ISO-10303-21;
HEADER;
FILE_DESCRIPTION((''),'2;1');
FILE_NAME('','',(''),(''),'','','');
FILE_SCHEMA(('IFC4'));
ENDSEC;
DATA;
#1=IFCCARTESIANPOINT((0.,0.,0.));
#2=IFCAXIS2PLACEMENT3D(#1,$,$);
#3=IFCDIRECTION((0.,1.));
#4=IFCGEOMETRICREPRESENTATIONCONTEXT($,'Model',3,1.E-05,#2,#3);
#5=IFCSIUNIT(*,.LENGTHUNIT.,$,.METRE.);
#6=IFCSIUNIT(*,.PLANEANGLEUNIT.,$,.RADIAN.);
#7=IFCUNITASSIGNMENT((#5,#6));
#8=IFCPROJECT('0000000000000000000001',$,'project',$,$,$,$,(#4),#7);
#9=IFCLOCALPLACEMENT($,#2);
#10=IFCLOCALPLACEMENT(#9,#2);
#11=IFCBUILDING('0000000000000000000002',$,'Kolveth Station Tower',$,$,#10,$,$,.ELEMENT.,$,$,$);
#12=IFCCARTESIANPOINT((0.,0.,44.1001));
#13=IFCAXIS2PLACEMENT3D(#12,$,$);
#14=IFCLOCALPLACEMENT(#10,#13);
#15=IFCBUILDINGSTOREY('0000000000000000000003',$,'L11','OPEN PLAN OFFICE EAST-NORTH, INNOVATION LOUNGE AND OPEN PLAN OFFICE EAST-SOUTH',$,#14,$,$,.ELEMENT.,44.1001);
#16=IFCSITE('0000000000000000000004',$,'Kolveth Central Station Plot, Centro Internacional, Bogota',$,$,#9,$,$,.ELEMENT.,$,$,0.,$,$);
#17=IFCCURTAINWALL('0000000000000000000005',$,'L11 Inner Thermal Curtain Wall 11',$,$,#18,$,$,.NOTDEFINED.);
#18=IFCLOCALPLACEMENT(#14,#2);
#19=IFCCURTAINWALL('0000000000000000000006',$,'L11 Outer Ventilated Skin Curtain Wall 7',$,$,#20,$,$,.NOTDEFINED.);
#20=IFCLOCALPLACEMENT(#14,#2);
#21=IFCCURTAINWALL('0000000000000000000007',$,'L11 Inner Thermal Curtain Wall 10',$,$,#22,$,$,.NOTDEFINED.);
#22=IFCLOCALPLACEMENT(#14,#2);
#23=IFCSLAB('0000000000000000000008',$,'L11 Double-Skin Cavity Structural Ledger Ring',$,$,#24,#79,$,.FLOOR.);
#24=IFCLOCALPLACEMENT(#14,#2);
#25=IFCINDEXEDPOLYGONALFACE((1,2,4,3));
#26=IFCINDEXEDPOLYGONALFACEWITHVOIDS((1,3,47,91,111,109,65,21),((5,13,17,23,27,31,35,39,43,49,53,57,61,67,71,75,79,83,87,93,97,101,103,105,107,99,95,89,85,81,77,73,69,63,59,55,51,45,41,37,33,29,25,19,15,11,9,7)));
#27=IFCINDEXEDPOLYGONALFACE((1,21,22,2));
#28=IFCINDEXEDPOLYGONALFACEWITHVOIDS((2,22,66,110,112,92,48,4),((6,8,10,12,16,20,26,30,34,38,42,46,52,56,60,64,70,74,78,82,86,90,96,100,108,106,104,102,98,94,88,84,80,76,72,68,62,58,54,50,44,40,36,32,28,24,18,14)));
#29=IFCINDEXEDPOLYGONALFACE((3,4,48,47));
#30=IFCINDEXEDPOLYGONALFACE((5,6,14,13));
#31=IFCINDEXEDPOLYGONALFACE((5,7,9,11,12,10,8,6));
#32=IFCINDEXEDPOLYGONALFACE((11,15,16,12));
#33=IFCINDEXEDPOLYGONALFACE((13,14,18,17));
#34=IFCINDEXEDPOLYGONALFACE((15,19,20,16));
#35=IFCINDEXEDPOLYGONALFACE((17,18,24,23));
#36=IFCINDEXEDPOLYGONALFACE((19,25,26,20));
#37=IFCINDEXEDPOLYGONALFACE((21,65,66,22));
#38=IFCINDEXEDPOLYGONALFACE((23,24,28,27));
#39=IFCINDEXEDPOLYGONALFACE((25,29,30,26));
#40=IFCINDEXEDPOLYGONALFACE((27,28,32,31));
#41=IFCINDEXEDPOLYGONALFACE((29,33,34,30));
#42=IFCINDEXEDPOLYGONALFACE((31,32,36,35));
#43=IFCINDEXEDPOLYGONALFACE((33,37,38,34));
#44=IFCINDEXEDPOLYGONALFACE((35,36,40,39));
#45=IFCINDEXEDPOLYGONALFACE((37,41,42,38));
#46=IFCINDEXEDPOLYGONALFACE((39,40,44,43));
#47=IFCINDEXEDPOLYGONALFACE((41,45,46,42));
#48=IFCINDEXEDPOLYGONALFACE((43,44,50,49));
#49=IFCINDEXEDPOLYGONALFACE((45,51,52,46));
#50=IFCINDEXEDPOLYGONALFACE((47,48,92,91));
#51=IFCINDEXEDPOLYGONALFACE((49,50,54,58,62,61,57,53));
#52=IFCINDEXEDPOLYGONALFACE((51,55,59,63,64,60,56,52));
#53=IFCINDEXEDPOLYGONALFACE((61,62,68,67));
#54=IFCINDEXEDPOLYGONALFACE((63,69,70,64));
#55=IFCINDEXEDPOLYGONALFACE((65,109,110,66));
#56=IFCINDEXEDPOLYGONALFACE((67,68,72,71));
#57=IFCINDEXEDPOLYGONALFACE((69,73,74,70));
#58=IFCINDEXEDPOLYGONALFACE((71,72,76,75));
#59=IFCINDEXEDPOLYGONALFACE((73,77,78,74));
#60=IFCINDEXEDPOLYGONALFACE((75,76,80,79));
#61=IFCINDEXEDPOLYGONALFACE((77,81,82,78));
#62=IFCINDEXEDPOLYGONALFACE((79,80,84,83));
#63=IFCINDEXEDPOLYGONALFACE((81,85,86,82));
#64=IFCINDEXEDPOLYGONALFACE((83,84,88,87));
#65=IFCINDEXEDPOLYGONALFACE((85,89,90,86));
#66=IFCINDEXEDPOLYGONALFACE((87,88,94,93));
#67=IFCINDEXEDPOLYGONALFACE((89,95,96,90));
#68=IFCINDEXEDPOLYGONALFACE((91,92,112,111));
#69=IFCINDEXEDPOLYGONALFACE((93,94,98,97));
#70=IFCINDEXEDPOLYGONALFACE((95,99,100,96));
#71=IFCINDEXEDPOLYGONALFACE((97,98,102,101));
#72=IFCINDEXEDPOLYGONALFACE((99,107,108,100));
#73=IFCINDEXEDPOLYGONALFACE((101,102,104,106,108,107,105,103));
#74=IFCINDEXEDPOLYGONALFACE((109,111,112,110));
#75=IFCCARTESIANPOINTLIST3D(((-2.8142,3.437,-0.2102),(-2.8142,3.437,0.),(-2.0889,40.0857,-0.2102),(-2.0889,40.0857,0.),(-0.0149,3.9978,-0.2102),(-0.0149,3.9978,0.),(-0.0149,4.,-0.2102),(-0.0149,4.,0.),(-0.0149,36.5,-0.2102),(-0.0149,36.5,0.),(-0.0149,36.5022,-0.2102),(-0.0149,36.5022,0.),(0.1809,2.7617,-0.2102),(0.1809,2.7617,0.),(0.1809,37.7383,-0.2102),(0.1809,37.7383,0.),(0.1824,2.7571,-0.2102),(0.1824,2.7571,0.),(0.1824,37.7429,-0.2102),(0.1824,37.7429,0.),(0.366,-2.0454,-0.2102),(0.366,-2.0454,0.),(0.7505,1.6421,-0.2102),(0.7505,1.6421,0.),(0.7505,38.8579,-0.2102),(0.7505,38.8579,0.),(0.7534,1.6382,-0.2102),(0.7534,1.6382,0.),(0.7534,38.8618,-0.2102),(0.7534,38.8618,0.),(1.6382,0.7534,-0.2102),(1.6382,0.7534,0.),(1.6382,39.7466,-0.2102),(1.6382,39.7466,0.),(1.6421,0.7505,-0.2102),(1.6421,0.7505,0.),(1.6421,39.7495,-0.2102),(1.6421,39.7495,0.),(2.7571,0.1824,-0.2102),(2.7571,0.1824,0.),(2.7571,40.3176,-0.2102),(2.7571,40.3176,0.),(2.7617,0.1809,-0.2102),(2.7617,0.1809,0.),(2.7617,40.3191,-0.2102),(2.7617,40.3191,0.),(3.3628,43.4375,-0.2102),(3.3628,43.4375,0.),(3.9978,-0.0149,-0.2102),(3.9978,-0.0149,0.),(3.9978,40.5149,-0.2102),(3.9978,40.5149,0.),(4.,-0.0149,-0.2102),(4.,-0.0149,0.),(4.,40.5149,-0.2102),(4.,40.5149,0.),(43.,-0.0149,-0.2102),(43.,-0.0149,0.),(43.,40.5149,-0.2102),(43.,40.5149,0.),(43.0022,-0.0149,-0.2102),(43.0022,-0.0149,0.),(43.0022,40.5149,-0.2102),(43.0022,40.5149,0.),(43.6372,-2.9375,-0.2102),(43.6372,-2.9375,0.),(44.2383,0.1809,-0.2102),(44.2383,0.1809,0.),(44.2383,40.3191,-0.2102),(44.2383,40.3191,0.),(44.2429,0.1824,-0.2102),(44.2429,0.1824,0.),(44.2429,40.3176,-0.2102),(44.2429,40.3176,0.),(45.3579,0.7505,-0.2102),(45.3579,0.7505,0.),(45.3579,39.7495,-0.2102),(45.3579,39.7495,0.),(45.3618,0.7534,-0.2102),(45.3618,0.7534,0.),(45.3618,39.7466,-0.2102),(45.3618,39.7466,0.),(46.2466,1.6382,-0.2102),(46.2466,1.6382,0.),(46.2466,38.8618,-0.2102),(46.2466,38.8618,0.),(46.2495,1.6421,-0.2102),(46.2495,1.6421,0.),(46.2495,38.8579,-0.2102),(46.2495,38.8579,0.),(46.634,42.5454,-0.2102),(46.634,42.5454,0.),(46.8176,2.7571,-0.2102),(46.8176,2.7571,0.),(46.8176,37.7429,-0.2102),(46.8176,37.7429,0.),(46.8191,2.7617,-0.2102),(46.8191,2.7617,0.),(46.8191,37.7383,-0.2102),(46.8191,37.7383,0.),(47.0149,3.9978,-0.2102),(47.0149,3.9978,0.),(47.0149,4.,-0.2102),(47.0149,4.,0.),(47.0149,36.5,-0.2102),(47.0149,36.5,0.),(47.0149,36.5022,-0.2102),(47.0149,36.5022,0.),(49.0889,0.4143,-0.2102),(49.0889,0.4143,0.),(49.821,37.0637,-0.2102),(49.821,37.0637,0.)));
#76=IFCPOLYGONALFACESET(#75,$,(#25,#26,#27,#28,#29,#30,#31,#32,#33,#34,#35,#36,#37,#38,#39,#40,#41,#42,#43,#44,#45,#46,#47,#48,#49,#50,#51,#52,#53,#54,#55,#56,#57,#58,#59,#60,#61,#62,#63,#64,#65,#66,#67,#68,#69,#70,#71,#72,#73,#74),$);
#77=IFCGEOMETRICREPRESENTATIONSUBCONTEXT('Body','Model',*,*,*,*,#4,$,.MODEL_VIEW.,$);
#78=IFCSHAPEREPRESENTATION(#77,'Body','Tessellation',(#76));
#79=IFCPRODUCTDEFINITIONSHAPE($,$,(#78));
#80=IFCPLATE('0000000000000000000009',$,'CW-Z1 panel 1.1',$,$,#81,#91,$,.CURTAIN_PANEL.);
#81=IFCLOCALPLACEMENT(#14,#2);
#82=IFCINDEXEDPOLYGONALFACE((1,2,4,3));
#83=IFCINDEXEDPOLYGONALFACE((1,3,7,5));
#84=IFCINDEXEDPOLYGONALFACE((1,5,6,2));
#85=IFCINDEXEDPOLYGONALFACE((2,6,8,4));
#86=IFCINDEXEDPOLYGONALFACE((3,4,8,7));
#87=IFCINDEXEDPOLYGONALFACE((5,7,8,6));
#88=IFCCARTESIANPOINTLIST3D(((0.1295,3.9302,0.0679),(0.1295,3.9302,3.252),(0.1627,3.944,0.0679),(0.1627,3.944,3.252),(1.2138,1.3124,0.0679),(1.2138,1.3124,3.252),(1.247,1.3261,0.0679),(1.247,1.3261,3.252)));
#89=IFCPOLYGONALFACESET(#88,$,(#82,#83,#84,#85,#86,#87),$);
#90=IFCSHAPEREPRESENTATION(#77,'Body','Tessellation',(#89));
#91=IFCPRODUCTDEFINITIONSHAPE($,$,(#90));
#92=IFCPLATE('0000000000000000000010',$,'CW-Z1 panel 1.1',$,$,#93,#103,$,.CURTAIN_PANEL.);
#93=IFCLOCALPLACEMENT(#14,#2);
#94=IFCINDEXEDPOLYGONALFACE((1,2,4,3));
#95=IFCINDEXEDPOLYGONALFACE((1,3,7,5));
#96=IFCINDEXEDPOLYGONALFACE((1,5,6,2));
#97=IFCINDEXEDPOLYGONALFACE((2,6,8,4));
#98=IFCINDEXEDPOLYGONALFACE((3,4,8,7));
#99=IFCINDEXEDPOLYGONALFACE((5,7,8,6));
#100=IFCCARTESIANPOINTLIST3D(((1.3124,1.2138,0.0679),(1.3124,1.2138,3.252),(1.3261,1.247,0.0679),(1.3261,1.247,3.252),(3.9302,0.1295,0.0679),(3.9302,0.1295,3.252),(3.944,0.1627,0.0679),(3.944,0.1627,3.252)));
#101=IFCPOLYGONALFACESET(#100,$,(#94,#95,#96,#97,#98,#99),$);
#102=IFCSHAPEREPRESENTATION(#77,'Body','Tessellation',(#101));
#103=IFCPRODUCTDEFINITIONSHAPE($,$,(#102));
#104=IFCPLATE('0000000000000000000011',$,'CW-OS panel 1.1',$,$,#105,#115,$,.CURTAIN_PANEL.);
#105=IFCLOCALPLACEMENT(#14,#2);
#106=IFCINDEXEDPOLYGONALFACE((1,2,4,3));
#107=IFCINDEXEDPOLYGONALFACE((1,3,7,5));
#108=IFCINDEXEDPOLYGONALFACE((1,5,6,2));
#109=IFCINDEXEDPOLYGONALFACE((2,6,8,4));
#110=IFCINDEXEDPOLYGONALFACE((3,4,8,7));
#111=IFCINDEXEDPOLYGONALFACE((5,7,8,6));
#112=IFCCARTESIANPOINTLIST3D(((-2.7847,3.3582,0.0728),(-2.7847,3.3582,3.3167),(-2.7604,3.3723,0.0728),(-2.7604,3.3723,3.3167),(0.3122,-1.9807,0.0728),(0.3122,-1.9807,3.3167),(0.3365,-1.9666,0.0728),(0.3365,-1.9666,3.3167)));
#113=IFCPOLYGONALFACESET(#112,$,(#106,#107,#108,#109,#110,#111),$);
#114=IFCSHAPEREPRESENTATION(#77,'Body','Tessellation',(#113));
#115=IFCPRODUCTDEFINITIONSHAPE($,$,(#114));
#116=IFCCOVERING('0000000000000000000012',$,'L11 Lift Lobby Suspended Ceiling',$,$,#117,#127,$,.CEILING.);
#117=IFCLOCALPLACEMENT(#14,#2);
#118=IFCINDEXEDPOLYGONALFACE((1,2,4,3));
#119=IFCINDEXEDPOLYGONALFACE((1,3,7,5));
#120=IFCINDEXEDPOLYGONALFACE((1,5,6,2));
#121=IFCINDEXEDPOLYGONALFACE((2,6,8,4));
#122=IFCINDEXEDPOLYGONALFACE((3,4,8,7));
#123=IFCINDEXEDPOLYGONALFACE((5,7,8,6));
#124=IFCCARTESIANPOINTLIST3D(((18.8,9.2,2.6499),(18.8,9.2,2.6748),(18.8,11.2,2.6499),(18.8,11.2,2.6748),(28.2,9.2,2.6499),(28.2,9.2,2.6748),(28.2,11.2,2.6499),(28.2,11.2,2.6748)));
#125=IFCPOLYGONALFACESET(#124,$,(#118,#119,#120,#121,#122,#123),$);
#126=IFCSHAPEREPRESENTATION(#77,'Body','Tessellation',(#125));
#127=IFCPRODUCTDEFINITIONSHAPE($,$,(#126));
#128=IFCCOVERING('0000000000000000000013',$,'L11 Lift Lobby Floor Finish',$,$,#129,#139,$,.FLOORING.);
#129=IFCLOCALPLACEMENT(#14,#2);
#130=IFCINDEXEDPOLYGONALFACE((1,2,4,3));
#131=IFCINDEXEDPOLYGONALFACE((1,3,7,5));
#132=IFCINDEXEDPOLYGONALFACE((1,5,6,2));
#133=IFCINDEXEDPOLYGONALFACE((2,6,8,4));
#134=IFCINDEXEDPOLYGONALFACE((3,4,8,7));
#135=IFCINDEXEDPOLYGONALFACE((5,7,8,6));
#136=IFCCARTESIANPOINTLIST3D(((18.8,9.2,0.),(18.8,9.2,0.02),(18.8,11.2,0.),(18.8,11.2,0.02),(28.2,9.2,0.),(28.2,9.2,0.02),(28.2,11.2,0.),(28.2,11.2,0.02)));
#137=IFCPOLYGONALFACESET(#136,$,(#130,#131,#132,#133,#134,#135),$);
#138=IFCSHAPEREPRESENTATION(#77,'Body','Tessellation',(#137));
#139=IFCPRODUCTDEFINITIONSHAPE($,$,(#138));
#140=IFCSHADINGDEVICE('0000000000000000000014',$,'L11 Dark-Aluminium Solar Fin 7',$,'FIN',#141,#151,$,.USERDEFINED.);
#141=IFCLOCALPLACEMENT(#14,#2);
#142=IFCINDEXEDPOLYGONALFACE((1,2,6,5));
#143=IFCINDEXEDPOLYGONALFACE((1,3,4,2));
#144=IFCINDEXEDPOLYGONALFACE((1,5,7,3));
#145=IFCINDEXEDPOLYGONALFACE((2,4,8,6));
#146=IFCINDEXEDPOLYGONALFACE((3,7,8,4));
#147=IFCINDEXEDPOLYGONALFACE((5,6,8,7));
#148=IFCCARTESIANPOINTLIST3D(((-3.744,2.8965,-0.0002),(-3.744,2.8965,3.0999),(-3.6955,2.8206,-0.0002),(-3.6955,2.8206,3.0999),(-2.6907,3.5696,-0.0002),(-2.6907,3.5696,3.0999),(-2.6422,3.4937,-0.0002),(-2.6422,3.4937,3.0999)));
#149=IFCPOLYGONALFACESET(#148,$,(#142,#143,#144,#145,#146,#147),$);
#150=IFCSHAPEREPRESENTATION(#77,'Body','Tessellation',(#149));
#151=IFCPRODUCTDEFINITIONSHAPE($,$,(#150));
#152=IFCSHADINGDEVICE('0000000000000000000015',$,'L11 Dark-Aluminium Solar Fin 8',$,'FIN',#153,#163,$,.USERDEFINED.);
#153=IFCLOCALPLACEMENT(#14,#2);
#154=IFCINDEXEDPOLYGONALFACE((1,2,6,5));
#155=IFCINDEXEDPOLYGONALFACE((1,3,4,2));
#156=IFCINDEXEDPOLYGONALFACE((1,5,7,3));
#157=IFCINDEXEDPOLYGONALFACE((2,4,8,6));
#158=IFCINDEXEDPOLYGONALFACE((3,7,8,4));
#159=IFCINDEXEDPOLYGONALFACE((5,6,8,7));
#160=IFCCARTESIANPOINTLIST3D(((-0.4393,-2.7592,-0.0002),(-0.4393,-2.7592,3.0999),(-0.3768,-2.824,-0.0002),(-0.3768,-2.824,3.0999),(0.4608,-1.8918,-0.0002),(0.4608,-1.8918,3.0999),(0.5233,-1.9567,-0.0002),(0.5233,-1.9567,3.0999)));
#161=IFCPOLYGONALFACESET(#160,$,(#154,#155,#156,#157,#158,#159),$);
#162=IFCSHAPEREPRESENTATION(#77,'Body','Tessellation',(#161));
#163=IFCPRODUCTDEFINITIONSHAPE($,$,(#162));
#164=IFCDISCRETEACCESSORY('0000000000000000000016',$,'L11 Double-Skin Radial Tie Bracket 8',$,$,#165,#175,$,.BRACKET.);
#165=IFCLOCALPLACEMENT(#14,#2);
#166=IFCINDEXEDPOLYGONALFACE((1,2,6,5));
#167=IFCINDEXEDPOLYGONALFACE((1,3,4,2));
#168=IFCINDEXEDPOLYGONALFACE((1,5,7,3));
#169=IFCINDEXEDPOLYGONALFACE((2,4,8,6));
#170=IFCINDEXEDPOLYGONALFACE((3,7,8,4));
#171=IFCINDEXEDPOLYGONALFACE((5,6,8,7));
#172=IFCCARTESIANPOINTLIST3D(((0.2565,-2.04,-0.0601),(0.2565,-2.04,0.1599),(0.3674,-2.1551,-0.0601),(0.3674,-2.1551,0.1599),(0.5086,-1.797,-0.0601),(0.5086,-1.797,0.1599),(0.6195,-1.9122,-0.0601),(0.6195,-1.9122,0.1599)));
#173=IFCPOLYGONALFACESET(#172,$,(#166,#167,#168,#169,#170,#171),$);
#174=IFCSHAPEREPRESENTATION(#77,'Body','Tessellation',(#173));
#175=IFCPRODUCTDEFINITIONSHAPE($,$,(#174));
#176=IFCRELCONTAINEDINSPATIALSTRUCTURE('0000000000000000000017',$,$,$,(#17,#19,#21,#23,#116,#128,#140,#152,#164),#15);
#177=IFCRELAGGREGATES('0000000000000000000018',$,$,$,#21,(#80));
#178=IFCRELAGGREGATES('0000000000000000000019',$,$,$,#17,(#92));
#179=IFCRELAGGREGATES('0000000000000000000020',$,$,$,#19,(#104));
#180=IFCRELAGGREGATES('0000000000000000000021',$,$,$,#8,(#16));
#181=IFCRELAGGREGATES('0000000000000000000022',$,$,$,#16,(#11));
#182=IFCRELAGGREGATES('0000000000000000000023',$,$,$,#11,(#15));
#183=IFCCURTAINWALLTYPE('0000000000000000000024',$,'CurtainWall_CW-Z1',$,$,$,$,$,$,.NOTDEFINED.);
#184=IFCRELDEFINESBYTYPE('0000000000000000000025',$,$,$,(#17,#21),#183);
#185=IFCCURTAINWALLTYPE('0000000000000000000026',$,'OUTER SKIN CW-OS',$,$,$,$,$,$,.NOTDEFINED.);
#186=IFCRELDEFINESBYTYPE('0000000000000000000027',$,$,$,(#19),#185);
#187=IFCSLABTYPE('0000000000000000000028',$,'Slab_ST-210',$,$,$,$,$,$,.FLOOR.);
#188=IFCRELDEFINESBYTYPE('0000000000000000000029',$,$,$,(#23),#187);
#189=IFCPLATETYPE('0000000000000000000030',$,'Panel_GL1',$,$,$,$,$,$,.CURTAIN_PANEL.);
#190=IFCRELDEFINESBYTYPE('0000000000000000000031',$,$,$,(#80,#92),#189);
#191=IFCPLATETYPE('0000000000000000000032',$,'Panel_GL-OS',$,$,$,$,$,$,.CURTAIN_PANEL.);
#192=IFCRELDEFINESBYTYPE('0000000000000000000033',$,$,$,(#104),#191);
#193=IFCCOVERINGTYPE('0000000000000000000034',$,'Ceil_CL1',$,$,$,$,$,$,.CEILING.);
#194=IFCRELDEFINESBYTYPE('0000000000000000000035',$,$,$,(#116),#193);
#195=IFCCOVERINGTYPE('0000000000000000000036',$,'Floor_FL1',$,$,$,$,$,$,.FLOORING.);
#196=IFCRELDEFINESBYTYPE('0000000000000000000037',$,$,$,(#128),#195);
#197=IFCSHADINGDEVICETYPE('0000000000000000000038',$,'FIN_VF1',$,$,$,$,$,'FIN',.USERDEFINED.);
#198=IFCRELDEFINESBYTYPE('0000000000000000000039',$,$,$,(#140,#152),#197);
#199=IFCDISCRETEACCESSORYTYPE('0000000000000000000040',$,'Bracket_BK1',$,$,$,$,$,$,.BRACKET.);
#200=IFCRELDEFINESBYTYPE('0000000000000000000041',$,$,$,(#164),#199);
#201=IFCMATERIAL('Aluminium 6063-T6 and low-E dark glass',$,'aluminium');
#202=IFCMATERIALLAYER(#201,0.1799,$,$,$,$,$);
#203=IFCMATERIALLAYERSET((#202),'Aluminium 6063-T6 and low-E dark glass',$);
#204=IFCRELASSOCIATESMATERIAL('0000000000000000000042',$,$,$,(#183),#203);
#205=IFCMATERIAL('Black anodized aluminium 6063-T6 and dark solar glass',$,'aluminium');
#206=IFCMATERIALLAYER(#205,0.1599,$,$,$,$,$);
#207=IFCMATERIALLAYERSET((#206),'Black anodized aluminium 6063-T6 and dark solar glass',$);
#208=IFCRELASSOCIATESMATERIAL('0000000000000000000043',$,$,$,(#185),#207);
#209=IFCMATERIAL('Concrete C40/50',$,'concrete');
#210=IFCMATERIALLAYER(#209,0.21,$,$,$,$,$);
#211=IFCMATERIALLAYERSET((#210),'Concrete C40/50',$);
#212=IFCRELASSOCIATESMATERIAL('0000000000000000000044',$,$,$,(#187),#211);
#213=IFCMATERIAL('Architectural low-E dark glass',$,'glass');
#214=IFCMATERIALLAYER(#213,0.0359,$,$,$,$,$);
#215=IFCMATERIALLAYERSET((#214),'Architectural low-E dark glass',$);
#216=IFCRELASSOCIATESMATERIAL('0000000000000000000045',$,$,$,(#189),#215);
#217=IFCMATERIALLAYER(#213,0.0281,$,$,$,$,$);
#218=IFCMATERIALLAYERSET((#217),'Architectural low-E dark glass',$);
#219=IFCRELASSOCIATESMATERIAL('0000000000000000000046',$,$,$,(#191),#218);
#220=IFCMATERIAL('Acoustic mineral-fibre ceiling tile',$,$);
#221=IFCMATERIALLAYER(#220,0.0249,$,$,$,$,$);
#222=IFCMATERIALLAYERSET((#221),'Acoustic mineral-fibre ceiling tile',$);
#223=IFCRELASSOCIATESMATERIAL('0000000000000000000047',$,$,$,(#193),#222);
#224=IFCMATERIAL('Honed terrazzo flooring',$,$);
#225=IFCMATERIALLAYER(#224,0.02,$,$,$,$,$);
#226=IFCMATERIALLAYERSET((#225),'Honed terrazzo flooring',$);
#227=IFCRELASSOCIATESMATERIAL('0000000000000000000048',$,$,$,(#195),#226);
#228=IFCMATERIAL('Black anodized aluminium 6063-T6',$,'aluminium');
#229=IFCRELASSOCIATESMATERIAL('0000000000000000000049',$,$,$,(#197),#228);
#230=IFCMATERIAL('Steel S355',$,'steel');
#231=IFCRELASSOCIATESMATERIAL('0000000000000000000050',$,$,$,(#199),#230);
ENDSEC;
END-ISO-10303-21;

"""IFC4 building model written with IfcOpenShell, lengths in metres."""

from ifc_helpers import new_model, si_unit, direction, frame, origin, origin_2d, place, context, subcontext, project, spatial, polyline, rectangle, outline, extrude, source, transform, mapped, material, layer, layer_set, type_object, element, aggregate, save


model = new_model("IFC4")

# Units and contexts
model_context = context("Model", 3, precision=1e-05, world=origin(), true_north=direction((0.0, 1.0)))
body_context = subcontext(model_context, "Body", "Model", "MODEL_VIEW")
ifc_project = project(units=[si_unit("LENGTHUNIT", "METRE"), si_unit("PLANEANGLEUNIT", "RADIAN")], contexts=[model_context])

# Site, building, storey
site_placement = place(None, origin())
site = spatial("IfcSite", under=ifc_project, at=site_placement, Name="Kolveth Central Station Plot, Centro Internacional, Bogota", CompositionType="ELEMENT", RefElevation=0.0)
building_placement = place(site_placement, origin())
building = spatial("IfcBuilding", under=site, at=building_placement, Name="Kolveth Station Tower", CompositionType="ELEMENT")
storey_placement = place(building_placement, frame((0.0, 0.0, 44.1001)))
storey = spatial("IfcBuildingStorey", under=building, at=storey_placement, Name="L11", Description="OPEN PLAN OFFICE EAST-NORTH, INNOVATION LOUNGE AND OPEN PLAN OFFICE EAST-SOUTH", CompositionType="ELEMENT", Elevation=44.1001)

# Shared definitions
ifc_material_1 = material(Name="Steel S355", Category="steel")

# Curtain wall
ifc_material_2 = material(Name="Aluminium 6063-T6 and low-E dark glass", Category="aluminium")
ifc_layer_1 = layer(ifc_material_2, 0.1799)
ifc_layer_set_1 = layer_set([ifc_layer_1], Name="Aluminium 6063-T6 and low-E dark glass")
curtain_wall_type_1 = type_object("IfcCurtainWallType", Name="CurtainWall_CW-Z1", PredefinedType="NOTDEFINED", material=ifc_layer_set_1)
curtain_wall_1_placement = place(storey_placement, origin())
curtain_wall_1 = element("IfcCurtainWall", 1, at=curtain_wall_1_placement, inside=storey, type_object=curtain_wall_type_1, Name="L11 Inner Thermal Curtain Wall 11", PredefinedType="NOTDEFINED")
ifc_material_3 = material(Name="Black anodized aluminium 6063-T6", Category="aluminium")

# Curtain walls
ifc_material_4 = material(Name="Black anodized aluminium 6063-T6 and dark solar glass", Category="aluminium")
ifc_layer_2 = layer(ifc_material_4, 0.1599)
ifc_layer_set_2 = layer_set([ifc_layer_2], Name="Black anodized aluminium 6063-T6 and dark solar glass")
curtain_wall_type_2 = type_object("IfcCurtainWallType", Name="OUTER SKIN CW-OS", PredefinedType="NOTDEFINED", material=ifc_layer_set_2)
curtain_wall_2_placement = place(storey_placement, origin())
curtain_wall_2 = element("IfcCurtainWall", 2, at=curtain_wall_2_placement, inside=storey, type_object=curtain_wall_type_2, Name="L11 Outer Ventilated Skin Curtain Wall 7", PredefinedType="NOTDEFINED")
curtain_wall_3_placement = place(storey_placement, origin())
curtain_wall_3 = element("IfcCurtainWall", 3, at=curtain_wall_3_placement, inside=storey, type_object=curtain_wall_type_1, Name="L11 Inner Thermal Curtain Wall 10", PredefinedType="NOTDEFINED")

# Shared definitions
ifc_material_5 = material(Name="Concrete C40/50", Category="concrete")

# Slab
ifc_layer_3 = layer(ifc_material_5, 0.21)
ifc_layer_set_3 = layer_set([ifc_layer_3], Name="Concrete C40/50")
slab_type_1 = type_object("IfcSlabType", Name="Slab_ST-210", PredefinedType="FLOOR", material=ifc_layer_set_3)
slab_1_placement = place(storey_placement, frame((0.0, 0.0, -0.2102)))
element("IfcSlab", 4, at=slab_1_placement, inside=storey, type_object=slab_type_1, Name="L11 Double-Skin Cavity Structural Ledger Ring", PredefinedType="FLOOR", context=body_context, shape_type="SweptSolid", body=[
    extrude(outline(polyline([(0.366, -2.0454), (-2.8142, 3.437), (-2.0889, 40.0857), (3.3628, 43.4375), (46.634, 42.5454), (49.821, 37.0637), (49.0889, 0.4143), (43.6372, -2.9375), (0.366, -2.0454)]), holes=[polyline([(43.0022, -0.0149), (44.2383, 0.1809), (44.2429, 0.1824), (45.3579, 0.7505), (45.3618, 0.7534), (46.2466, 1.6382), (46.2495, 1.6421), (46.8176, 2.7571), (46.8191, 2.7617), (47.0149, 3.9978), (47.0149, 4.0), (47.0149, 36.5), (47.0149, 36.5022), (46.8191, 37.7383), (46.8176, 37.7429), (46.2495, 38.8579), (46.2466, 38.8618), (45.3618, 39.7466), (45.3579, 39.7495), (44.2429, 40.3176), (44.2383, 40.3191), (43.0022, 40.5149), (43.0, 40.5149), (4.0, 40.5149), (3.9978, 40.5149), (2.7617, 40.3191), (2.7571, 40.3176), (1.6421, 39.7495), (1.6382, 39.7466), (0.7534, 38.8618), (0.7505, 38.8579), (0.1824, 37.7429), (0.1809, 37.7383), (-0.0149, 36.5022), (-0.0149, 36.5), (-0.0149, 4.0), (-0.0149, 3.9978), (0.1809, 2.7617), (0.1824, 2.7571), (0.7505, 1.6421), (0.7534, 1.6382), (1.6382, 0.7534), (1.6421, 0.7505), (2.7571, 0.1824), (2.7617, 0.1809), (3.9978, -0.0149), (4.0, -0.0149), (43.0, -0.0149), (43.0022, -0.0149)])]), origin(), (0.0, 0.0, 1.0), 0.2102),
])

# Plates
ifc_material_6 = material(Name="Architectural low-E dark glass", Category="glass")
ifc_layer_4 = layer(ifc_material_6, 0.0359)
ifc_layer_set_4 = layer_set([ifc_layer_4], Name="Architectural low-E dark glass")
plate_type_1 = type_object("IfcPlateType", Name="Panel_GL1", PredefinedType="CURTAIN_PANEL", material=ifc_layer_set_4)
shared_shape_1 = source(origin(), body_context, "Body", "SweptSolid", [
    extrude(rectangle(XDim=2.8335, YDim=0.0359, at=origin_2d()), origin(), (0.0, 0.0, 1.0), 3.1841),
])
plate_1_placement = place(storey_placement, frame((0.6882, 2.6282, 0.0679), z_axis=(0.0, 0.0, 1.0), x_axis=(0.382673, -0.923884, 0.0)))
plate_1 = element("IfcPlate", 5, at=plate_1_placement, type_object=plate_type_1, Name="CW-Z1 panel 1.1", PredefinedType="CURTAIN_PANEL", context=body_context, shape_type="MappedRepresentation", body=[
    mapped(shared_shape_1, transform((0.0, 0.0, 0.0), x_axis=(1.0, 0.0, 0.0), y_axis=(0.0, 1.0, 0.0), z_axis=(0.0, 0.0, 1.0), scale=1.0)),
])
aggregate(curtain_wall_3, [plate_1])
plate_2_placement = place(storey_placement, frame((2.6282, 0.6882, 0.0679), z_axis=(0.0, 0.0, 1.0), x_axis=(0.923884, -0.382673, 0.0)))
plate_2 = element("IfcPlate", 6, at=plate_2_placement, type_object=plate_type_1, Name="CW-Z1 panel 1.1", PredefinedType="CURTAIN_PANEL", context=body_context, shape_type="MappedRepresentation", body=[
    mapped(shared_shape_1, transform((0.0, 0.0, 0.0), x_axis=(1.0, 0.0, 0.0), y_axis=(0.0, 1.0, 0.0), z_axis=(0.0, 0.0, 1.0), scale=1.0)),
])
aggregate(curtain_wall_1, [plate_2])
ifc_layer_5 = layer(ifc_material_6, 0.0281)
ifc_layer_set_5 = layer_set([ifc_layer_5], Name="Architectural low-E dark glass")
plate_type_2 = type_object("IfcPlateType", Name="Panel_GL-OS", PredefinedType="CURTAIN_PANEL", material=ifc_layer_set_5)
shared_shape_2 = source(origin(), body_context, "Body", "SweptSolid", [
    extrude(rectangle(XDim=6.1721, YDim=0.0281, at=origin_2d()), origin(), (0.0, 0.0, 1.0), 3.2439),
])
plate_3_placement = place(storey_placement, frame((-1.2241, 0.6958, 0.0728), z_axis=(0.0, 0.0, 1.0), x_axis=(0.501759, -0.865007, 0.0)))
plate_3 = element("IfcPlate", 7, at=plate_3_placement, type_object=plate_type_2, Name="CW-OS panel 1.1", PredefinedType="CURTAIN_PANEL", context=body_context, shape_type="MappedRepresentation", body=[
    mapped(shared_shape_2, transform((0.0, 0.0, 0.0), x_axis=(1.0, 0.0, 0.0), y_axis=(0.0, 1.0, 0.0), z_axis=(0.0, 0.0, 1.0), scale=1.0)),
])
aggregate(curtain_wall_2, [plate_3])

# Coverings
ifc_material_7 = material(Name="Acoustic mineral-fibre ceiling tile")
ifc_layer_6 = layer(ifc_material_7, 0.0249)
ifc_layer_set_6 = layer_set([ifc_layer_6], Name="Acoustic mineral-fibre ceiling tile")
covering_type_1 = type_object("IfcCoveringType", Name="Ceil_CL1", PredefinedType="CEILING", material=ifc_layer_set_6)
covering_1_placement = place(storey_placement, frame((0.0, 0.0, 2.6499)))
element("IfcCovering", 8, at=covering_1_placement, inside=storey, type_object=covering_type_1, Name="L11 Lift Lobby Suspended Ceiling", PredefinedType="CEILING", context=body_context, shape_type="SweptSolid", body=[
    extrude(outline(polyline([(18.8, 9.2), (28.2, 9.2), (28.2, 11.2), (18.8, 11.2), (18.8, 9.2)])), origin(), (0.0, 0.0, 1.0), 0.0249),
])
ifc_material_8 = material(Name="Honed terrazzo flooring")
ifc_layer_7 = layer(ifc_material_8, 0.02)
ifc_layer_set_7 = layer_set([ifc_layer_7], Name="Honed terrazzo flooring")
covering_type_2 = type_object("IfcCoveringType", Name="Floor_FL1", PredefinedType="FLOORING", material=ifc_layer_set_7)
covering_2_placement = place(storey_placement, origin())
element("IfcCovering", 9, at=covering_2_placement, inside=storey, type_object=covering_type_2, Name="L11 Lift Lobby Floor Finish", PredefinedType="FLOORING", context=body_context, shape_type="SweptSolid", body=[
    extrude(outline(polyline([(18.8, 9.2), (28.2, 9.2), (28.2, 11.2), (18.8, 11.2), (18.8, 9.2)])), origin(), (0.0, 0.0, 1.0), 0.02),
])

# Shading devices
shading_device_type = type_object("IfcShadingDeviceType", Name="FIN_VF1", ElementType="FIN", PredefinedType="USERDEFINED", material=ifc_material_3)
shared_shape_3 = source(origin(), body_context, "Body", "SweptSolid", [
    extrude(rectangle(XDim=1.25, YDim=0.0901, at=origin_2d()), origin(), (0.0, 0.0, 1.0), 3.1001),
])
for number, where, z_axis, x_axis, name in (
    (10, (-3.1931, 3.1951, -0.0002), (0.0, 0.0, 1.0), (-0.84264, -0.538477, 0.0), "L11 Dark-Aluminium Solar Fin 7"),
    (11, (0.042, -2.3579, -0.0002), (0.0, 0.0, 1.0), (-0.720067, -0.693905, 0.0), "L11 Dark-Aluminium Solar Fin 8"),
):
    element("IfcShadingDevice", number, at=place(storey_placement, frame(where, z_axis=z_axis, x_axis=x_axis)), inside=storey, type_object=shading_device_type, Name=name, ObjectType="FIN", PredefinedType="USERDEFINED", context=body_context, shape_type="MappedRepresentation", body=[
        mapped(shared_shape_3, transform((0.0, 0.0, 0.0), x_axis=(1.0, 0.0, 0.0), y_axis=(0.0, 1.0, 0.0), z_axis=(0.0, 0.0, 1.0), scale=1.0)),
    ])

# Discrete accessory
discrete_accessory_type = type_object("IfcDiscreteAccessoryType", Name="Bracket_BK1", PredefinedType="BRACKET", material=ifc_material_1)
shared_shape_4 = source(origin(), body_context, "Body", "SweptSolid", [
    extrude(rectangle(XDim=0.3501, YDim=0.1599, at=origin_2d()), origin(), (0.0, 0.0, 1.0), 0.22),
])
discrete_accessory_placement = place(storey_placement, frame((0.438, -1.9761, -0.0601), z_axis=(0.0, 0.0, 1.0), x_axis=(-0.720067, -0.693905, 0.0)))
element("IfcDiscreteAccessory", 12, at=discrete_accessory_placement, inside=storey, type_object=discrete_accessory_type, Name="L11 Double-Skin Radial Tie Bracket 8", PredefinedType="BRACKET", context=body_context, shape_type="MappedRepresentation", body=[
    mapped(shared_shape_4, transform((0.0, 0.0, 0.0), x_axis=(1.0, 0.0, 0.0), y_axis=(0.0, 1.0, 0.0), z_axis=(0.0, 0.0, 1.0), scale=1.0)),
])

save(model, "model.ifc")
